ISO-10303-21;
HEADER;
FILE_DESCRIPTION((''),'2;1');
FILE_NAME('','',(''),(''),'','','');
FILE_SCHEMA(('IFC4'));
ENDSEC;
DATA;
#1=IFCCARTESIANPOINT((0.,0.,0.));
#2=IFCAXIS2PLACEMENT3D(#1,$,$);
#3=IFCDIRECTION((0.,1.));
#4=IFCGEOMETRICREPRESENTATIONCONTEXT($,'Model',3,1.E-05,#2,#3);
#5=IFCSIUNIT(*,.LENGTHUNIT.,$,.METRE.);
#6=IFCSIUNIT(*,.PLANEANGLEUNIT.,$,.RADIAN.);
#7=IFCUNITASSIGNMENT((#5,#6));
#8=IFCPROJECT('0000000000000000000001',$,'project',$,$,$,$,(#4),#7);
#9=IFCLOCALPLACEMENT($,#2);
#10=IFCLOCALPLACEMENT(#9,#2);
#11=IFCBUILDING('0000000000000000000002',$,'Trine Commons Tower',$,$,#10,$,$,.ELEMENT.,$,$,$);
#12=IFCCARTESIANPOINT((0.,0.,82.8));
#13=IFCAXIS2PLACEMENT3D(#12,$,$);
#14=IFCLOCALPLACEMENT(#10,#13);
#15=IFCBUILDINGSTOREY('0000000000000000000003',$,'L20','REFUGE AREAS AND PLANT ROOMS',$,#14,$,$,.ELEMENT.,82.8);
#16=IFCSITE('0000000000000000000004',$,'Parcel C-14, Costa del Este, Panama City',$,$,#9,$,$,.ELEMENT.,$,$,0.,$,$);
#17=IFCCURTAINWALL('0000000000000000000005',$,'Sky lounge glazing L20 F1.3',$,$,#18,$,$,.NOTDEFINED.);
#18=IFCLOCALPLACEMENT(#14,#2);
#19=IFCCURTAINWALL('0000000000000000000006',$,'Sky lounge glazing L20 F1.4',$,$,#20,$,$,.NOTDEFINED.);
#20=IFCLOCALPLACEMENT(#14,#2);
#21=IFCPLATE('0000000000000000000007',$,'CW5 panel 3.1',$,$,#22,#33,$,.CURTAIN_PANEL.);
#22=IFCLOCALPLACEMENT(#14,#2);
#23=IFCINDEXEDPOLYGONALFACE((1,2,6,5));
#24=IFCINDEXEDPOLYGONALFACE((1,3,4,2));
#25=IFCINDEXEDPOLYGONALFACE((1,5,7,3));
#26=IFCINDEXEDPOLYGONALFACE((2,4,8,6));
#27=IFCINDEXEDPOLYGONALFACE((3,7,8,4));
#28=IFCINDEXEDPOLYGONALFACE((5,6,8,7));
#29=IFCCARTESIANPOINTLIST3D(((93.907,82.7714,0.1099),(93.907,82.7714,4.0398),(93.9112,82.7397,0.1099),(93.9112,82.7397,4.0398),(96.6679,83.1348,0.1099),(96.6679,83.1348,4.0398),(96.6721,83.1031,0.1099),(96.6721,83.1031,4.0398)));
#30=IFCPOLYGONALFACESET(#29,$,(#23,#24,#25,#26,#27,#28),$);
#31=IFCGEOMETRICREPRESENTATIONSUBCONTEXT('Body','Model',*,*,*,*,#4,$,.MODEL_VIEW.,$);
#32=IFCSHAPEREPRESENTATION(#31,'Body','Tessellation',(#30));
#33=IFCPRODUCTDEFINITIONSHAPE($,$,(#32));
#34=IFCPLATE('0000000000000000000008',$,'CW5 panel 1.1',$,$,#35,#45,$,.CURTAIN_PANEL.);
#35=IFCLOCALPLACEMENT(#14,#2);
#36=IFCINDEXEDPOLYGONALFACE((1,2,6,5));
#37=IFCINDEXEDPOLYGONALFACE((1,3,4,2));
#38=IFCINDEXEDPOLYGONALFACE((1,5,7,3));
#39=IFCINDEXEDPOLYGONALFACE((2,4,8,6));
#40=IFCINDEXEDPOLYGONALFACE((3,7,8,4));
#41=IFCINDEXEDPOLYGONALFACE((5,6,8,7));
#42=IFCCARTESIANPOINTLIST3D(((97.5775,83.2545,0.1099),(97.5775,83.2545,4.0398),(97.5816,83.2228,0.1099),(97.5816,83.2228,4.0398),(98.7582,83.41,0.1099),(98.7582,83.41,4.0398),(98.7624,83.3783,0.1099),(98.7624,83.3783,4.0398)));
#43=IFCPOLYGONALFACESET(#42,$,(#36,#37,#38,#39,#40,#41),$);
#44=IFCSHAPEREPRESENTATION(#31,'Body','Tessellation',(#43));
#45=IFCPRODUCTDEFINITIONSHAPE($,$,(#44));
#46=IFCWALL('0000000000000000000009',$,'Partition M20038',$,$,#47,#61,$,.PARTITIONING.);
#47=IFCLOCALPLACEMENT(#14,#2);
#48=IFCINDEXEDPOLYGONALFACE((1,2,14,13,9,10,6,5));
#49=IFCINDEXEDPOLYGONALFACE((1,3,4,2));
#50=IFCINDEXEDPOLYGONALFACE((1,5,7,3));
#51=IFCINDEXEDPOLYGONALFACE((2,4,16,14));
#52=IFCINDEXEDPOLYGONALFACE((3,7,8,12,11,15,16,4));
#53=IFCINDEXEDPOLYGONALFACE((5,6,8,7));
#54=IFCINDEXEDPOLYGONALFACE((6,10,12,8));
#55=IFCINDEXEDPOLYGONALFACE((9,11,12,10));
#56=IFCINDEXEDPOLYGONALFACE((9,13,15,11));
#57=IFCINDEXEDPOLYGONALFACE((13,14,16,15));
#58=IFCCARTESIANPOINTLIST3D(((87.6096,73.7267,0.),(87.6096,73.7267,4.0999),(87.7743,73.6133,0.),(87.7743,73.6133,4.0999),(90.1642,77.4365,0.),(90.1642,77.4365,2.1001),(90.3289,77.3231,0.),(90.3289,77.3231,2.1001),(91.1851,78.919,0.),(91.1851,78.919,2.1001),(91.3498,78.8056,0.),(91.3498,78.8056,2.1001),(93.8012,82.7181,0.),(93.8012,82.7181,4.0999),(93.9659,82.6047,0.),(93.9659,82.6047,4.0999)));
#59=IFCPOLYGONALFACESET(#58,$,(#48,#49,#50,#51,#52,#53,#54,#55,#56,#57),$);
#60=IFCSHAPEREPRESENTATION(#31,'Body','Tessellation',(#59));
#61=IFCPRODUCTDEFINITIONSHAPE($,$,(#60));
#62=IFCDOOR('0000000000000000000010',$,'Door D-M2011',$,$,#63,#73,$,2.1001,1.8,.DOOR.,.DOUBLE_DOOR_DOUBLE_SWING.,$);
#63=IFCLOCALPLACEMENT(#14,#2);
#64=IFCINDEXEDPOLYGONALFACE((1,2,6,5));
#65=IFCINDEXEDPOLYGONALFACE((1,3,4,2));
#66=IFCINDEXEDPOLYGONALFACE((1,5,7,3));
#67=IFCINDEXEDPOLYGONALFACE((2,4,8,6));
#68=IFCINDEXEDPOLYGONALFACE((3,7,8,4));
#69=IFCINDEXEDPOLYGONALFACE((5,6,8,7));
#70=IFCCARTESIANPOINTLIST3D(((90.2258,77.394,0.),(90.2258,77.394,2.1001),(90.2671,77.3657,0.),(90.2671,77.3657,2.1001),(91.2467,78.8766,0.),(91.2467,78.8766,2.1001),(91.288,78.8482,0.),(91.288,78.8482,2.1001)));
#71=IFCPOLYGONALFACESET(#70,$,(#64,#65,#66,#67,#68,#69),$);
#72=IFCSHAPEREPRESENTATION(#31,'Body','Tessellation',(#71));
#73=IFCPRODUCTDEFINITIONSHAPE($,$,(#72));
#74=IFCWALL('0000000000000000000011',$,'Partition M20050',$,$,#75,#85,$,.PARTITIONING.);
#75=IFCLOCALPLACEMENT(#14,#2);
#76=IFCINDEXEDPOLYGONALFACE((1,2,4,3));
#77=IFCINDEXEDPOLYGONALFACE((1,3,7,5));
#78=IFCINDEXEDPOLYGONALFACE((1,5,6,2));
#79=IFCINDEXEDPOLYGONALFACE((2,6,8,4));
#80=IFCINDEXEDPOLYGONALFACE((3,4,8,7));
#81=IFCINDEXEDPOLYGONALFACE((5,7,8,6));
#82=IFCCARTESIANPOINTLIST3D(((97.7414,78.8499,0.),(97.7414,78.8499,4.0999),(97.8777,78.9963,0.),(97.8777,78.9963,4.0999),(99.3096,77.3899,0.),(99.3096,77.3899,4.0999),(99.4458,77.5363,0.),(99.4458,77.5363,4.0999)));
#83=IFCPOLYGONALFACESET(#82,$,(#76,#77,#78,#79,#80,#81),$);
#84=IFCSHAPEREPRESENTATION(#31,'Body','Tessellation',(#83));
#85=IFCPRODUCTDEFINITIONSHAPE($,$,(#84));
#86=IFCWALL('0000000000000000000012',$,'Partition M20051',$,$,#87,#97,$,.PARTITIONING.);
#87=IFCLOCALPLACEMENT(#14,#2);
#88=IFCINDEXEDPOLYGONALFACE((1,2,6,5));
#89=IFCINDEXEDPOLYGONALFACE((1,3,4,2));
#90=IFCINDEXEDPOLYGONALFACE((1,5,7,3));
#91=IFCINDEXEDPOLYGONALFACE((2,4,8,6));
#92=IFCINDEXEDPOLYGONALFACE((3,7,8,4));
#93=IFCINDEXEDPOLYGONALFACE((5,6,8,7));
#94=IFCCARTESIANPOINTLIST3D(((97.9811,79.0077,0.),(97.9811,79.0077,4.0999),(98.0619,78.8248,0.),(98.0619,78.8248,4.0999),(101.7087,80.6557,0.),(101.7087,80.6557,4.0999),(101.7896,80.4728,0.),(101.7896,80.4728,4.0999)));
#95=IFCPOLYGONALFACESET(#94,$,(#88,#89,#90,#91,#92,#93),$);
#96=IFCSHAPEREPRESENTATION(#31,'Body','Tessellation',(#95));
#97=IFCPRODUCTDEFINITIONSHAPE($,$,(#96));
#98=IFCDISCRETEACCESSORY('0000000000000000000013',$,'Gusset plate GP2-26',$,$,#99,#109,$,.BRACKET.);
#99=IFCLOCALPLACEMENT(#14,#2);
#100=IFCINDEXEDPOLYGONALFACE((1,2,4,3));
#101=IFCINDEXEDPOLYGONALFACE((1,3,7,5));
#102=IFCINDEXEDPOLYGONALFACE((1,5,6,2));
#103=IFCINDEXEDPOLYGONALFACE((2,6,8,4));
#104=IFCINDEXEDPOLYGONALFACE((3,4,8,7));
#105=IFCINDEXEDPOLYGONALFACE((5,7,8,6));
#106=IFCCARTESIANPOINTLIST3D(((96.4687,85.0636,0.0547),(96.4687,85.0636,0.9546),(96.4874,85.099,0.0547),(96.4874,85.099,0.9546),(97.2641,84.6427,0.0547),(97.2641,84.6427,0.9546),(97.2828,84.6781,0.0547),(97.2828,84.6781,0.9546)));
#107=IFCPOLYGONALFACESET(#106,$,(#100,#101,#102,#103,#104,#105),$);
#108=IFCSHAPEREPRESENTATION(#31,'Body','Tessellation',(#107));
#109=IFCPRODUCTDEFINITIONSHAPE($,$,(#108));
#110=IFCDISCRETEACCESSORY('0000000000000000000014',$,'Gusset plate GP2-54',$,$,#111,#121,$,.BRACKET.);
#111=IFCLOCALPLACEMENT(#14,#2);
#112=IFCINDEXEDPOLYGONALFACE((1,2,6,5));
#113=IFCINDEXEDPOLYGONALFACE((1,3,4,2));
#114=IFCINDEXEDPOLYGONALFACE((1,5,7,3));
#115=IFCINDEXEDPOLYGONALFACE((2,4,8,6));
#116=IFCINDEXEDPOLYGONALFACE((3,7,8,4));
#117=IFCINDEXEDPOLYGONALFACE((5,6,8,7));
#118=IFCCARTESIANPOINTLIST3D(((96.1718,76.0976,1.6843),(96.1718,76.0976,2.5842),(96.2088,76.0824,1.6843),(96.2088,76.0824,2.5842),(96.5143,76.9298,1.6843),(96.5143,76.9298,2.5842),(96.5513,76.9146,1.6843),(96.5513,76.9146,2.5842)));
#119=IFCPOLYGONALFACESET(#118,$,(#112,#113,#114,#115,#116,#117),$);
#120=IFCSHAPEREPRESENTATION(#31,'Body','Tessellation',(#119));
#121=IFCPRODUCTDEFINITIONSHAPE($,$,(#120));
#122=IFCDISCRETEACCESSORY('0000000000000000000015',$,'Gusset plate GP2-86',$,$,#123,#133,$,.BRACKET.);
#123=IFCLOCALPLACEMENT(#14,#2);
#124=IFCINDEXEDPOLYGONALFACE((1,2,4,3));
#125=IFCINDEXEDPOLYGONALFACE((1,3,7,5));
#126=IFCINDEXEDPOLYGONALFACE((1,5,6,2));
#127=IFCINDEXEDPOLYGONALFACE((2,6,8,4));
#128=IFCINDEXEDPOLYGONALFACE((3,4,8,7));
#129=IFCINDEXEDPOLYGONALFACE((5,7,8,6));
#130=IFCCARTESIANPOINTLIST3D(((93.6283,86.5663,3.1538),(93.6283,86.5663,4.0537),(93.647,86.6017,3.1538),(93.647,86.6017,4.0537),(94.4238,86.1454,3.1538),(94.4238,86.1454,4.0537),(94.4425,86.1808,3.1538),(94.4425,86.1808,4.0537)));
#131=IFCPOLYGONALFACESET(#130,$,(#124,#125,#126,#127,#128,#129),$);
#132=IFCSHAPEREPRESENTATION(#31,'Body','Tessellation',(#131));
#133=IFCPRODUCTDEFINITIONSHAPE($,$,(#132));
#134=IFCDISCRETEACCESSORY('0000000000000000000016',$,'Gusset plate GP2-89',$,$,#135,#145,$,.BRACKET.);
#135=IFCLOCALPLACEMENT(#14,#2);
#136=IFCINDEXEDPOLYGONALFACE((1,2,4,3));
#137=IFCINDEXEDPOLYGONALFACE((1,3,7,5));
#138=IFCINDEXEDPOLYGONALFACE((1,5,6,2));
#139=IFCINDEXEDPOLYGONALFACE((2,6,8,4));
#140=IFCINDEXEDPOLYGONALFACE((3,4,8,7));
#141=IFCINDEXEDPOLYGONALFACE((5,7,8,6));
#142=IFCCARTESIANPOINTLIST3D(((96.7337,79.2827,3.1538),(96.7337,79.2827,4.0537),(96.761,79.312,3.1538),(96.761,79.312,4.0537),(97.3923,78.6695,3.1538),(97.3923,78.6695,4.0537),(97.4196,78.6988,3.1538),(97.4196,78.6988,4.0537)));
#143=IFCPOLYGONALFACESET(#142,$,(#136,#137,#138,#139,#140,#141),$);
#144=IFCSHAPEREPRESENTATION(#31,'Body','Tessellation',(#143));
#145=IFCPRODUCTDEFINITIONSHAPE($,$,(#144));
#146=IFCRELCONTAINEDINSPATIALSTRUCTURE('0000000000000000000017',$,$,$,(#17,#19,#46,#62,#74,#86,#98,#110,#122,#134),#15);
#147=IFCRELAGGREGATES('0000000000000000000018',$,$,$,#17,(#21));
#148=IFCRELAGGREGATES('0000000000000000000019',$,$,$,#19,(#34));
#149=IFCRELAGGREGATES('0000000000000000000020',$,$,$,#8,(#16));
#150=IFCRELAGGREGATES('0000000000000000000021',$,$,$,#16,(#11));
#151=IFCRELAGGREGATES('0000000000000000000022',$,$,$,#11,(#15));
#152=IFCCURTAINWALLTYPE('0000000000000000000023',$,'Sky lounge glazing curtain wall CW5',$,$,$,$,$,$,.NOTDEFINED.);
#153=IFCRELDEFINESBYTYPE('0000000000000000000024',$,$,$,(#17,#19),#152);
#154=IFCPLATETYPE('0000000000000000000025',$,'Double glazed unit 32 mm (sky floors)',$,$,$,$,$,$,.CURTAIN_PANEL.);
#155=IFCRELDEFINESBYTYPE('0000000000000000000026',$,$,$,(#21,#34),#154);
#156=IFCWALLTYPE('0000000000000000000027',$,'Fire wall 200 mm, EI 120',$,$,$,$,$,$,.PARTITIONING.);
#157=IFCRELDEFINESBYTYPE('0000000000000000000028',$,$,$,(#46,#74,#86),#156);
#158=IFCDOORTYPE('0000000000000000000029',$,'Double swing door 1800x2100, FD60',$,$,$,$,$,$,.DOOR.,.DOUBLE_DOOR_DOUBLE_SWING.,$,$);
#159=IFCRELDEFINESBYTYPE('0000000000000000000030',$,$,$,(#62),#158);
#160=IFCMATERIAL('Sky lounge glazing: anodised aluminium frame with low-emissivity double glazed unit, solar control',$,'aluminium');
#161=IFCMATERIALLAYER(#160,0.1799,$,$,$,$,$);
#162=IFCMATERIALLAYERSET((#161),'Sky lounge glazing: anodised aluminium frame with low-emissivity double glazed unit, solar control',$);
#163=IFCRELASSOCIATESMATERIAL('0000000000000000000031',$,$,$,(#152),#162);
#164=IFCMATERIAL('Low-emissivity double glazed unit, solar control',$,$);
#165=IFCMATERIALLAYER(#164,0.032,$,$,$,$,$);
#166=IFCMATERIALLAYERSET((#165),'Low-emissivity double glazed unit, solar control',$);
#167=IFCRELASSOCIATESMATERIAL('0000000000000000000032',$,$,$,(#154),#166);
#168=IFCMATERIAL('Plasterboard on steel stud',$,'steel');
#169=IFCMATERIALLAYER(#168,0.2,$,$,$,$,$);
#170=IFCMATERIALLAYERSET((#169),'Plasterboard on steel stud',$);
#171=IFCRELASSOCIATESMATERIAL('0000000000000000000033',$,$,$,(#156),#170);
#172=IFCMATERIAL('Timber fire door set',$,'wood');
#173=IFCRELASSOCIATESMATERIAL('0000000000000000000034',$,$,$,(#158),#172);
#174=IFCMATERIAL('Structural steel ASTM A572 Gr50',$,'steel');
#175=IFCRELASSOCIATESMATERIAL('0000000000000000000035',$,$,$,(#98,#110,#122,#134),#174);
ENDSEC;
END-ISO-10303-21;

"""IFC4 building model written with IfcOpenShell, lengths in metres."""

from ifc_helpers import new_model, si_unit, direction, frame, frame_2d, origin, origin_2d, place, context, subcontext, project, spatial, rectangle, extrude, material, layer, layer_set, type_object, element, fill, aggregate, save


model = new_model("IFC4")

# Units and contexts
model_context = context("Model", 3, precision=1e-05, world=origin(), true_north=direction((0.0, 1.0)))
body_context = subcontext(model_context, "Body", "Model", "MODEL_VIEW")
ifc_project = project(units=[si_unit("LENGTHUNIT", "METRE"), si_unit("PLANEANGLEUNIT", "RADIAN")], contexts=[model_context])

# Site, building, storey
site_placement = place(None, origin())
site = spatial("IfcSite", under=ifc_project, at=site_placement, Name="Parcel C-14, Costa del Este, Panama City", CompositionType="ELEMENT", RefElevation=0.0)
building_placement = place(site_placement, origin())
building = spatial("IfcBuilding", under=site, at=building_placement, Name="Trine Commons Tower", CompositionType="ELEMENT")
storey_placement = place(building_placement, frame((0.0, 0.0, 82.8)))
storey = spatial("IfcBuildingStorey", under=building, at=storey_placement, Name="L20", Description="REFUGE AREAS AND PLANT ROOMS", CompositionType="ELEMENT", Elevation=82.8)

# Curtain walls
ifc_material_1 = material(Name="Sky lounge glazing: anodised aluminium frame with low-emissivity double glazed unit, solar control", Category="aluminium")
ifc_layer_1 = layer(ifc_material_1, 0.1799)
ifc_layer_set_1 = layer_set([ifc_layer_1], Name="Sky lounge glazing: anodised aluminium frame with low-emissivity double glazed unit, solar control")
curtain_wall_type = type_object("IfcCurtainWallType", Name="Sky lounge glazing curtain wall CW5", PredefinedType="NOTDEFINED", material=ifc_layer_set_1)
curtain_wall_1_placement = place(storey_placement, origin())
curtain_wall_1 = element("IfcCurtainWall", 1, at=curtain_wall_1_placement, inside=storey, type_object=curtain_wall_type, Name="Sky lounge glazing L20 F1.3", PredefinedType="NOTDEFINED")
curtain_wall_2_placement = place(storey_placement, origin())
curtain_wall_2 = element("IfcCurtainWall", 2, at=curtain_wall_2_placement, inside=storey, type_object=curtain_wall_type, Name="Sky lounge glazing L20 F1.4", PredefinedType="NOTDEFINED")

# Plates
ifc_material_2 = material(Name="Low-emissivity double glazed unit, solar control")
ifc_layer_2 = layer(ifc_material_2, 0.032)
ifc_layer_set_2 = layer_set([ifc_layer_2], Name="Low-emissivity double glazed unit, solar control")
plate_type = type_object("IfcPlateType", Name="Double glazed unit 32 mm (sky floors)", PredefinedType="CURTAIN_PANEL", material=ifc_layer_set_2)
plate_1_placement = place(storey_placement, frame((95.2896, 82.9373, 0.1099), z_axis=(0.0, 0.0, 1.0), x_axis=(0.991445, 0.130526, 0.0)))
plate_1 = element("IfcPlate", 3, at=plate_1_placement, type_object=plate_type, Name="CW5 panel 3.1", PredefinedType="CURTAIN_PANEL", context=body_context, shape_type="SweptSolid", body=[
    extrude(rectangle(XDim=2.7847, YDim=0.032, at=origin_2d()), origin(), (0.0, 0.0, 1.0), 3.9299),
])
aggregate(curtain_wall_1, [plate_1])
plate_2_placement = place(storey_placement, frame((98.1699, 83.3164, 0.1099), z_axis=(0.0, 0.0, 1.0), x_axis=(0.991445, 0.130526, 0.0)))
plate_2 = element("IfcPlate", 4, at=plate_2_placement, type_object=plate_type, Name="CW5 panel 1.1", PredefinedType="CURTAIN_PANEL", context=body_context, shape_type="SweptSolid", body=[
    extrude(rectangle(XDim=1.1909, YDim=0.032, at=origin_2d()), origin(), (0.0, 0.0, 1.0), 3.9299),
])
aggregate(curtain_wall_2, [plate_2])

# Wall, opening, door
ifc_material_3 = material(Name="Plasterboard on steel stud", Category="steel")
ifc_layer_3 = layer(ifc_material_3, 0.2)
ifc_layer_set_3 = layer_set([ifc_layer_3], Name="Plasterboard on steel stud")
wall_type = type_object("IfcWallType", Name="Fire wall 200 mm, EI 120", PredefinedType="PARTITIONING", material=ifc_layer_set_3)
wall_1_placement = place(storey_placement, frame((93.8835, 82.6614, 0.0), z_axis=(0.0, 0.0, 1.0), x_axis=(-0.567152, -0.823613, 0.0)))
wall_1 = element("IfcWall", 5, at=wall_1_placement, inside=storey, type_object=wall_type, Name="Partition M20038", PredefinedType="PARTITIONING", context=body_context, shape_type="SweptSolid", body=[
    extrude(rectangle(XDim=10.917, YDim=0.2, at=frame_2d((5.4585, 0.0))), origin(), (0.0, 0.0, 1.0), 4.0999),
])
opening_placement = place(wall_1_placement, frame((4.6128, 0.0, 0.0)))
opening = element("IfcOpeningElement", 6, at=opening_placement, cuts=wall_1, PredefinedType="OPENING", context=body_context, shape_type="SweptSolid", body=[
    extrude(rectangle(XDim=1.8, YDim=2.1001, at=frame_2d((0.8999, 1.05))), frame((0.0, 0.1099, 0.0), z_axis=(0.0, -1.0, 0.0), x_axis=(1.0, 0.0, 0.0)), (0.0, 0.0, 1.0), 0.22),
])
ifc_material_4 = material(Name="Timber fire door set", Category="wood")
door_type = type_object("IfcDoorType", Name="Double swing door 1800x2100, FD60", OperationType="DOUBLE_DOOR_DOUBLE_SWING", PredefinedType="DOOR", material=ifc_material_4)
door_placement = place(opening_placement, origin())
door = element("IfcDoor", 7, at=door_placement, inside=storey, type_object=door_type, Name="Door D-M2011", OperationType="DOUBLE_DOOR_DOUBLE_SWING", OverallHeight=2.1001, OverallWidth=1.8, PredefinedType="DOOR", context=body_context, shape_type="SweptSolid", body=[
    extrude(rectangle(XDim=1.8, YDim=2.1001, at=frame_2d((0.8999, 1.05))), frame((0.0, 0.0249, 0.0), z_axis=(0.0, -1.0, 0.0), x_axis=(1.0, 0.0, 0.0)), (0.0, 0.0, 1.0), 0.05),
])
fill(opening, door)

# Walls
wall_2_placement = place(storey_placement, frame((97.8096, 78.9231, 0.0), z_axis=(0.0, 0.0, 1.0), x_axis=(0.731896, -0.681416, 0.0)))
element("IfcWall", 8, at=wall_2_placement, inside=storey, type_object=wall_type, Name="Partition M20050", PredefinedType="PARTITIONING", context=body_context, shape_type="SweptSolid", body=[
    extrude(rectangle(XDim=2.1426, YDim=0.2, at=frame_2d((1.0713, 0.0))), origin(), (0.0, 0.0, 1.0), 4.0999),
])
wall_3_placement = place(storey_placement, frame((98.0215, 78.9163, 0.0), z_axis=(0.0, 0.0, 1.0), x_axis=(0.914605, 0.404348, 0.0)))
element("IfcWall", 9, at=wall_3_placement, inside=storey, type_object=wall_type, Name="Partition M20051", PredefinedType="PARTITIONING", context=body_context, shape_type="SweptSolid", body=[
    extrude(rectangle(XDim=4.0757, YDim=0.2, at=frame_2d((2.0378, 0.0))), origin(), (0.0, 0.0, 1.0), 4.0999),
])

# Discrete accessories
ifc_material_5 = material(Name="Structural steel ASTM A572 Gr50", Category="steel")
for number, where, z_axis, x_axis, name in (
    (10, (96.8757, 84.8708, 0.0547), (0.0, 0.0, 1.0), (-0.883904, 0.467668, 0.0), "Gusset plate GP2-26"),
    (11, (96.3616, 76.5061, 1.6843), (0.0, 0.0, 1.0), (0.380619, 0.924732, 0.0), "Gusset plate GP2-54"),
    (12, (94.0354, 86.3735, 3.1538), (0.0, 0.0, 1.0), (-0.883904, 0.467668, 0.0), "Gusset plate GP2-86"),
    (13, (97.0767, 78.9907, 3.1538), (0.0, 0.0, 1.0), (-0.731889, 0.681424, 0.0), "Gusset plate GP2-89"),
):
    element("IfcDiscreteAccessory", number, at=place(storey_placement, frame(where, z_axis=z_axis, x_axis=x_axis)), inside=storey, material=ifc_material_5, Name=name, PredefinedType="BRACKET", context=body_context, shape_type="SweptSolid", body=[
        extrude(rectangle(XDim=0.8999, YDim=0.04, at=origin_2d()), origin(), (0.0, 0.0, 1.0), 0.8999),
    ])

save(model, "model.ifc")
